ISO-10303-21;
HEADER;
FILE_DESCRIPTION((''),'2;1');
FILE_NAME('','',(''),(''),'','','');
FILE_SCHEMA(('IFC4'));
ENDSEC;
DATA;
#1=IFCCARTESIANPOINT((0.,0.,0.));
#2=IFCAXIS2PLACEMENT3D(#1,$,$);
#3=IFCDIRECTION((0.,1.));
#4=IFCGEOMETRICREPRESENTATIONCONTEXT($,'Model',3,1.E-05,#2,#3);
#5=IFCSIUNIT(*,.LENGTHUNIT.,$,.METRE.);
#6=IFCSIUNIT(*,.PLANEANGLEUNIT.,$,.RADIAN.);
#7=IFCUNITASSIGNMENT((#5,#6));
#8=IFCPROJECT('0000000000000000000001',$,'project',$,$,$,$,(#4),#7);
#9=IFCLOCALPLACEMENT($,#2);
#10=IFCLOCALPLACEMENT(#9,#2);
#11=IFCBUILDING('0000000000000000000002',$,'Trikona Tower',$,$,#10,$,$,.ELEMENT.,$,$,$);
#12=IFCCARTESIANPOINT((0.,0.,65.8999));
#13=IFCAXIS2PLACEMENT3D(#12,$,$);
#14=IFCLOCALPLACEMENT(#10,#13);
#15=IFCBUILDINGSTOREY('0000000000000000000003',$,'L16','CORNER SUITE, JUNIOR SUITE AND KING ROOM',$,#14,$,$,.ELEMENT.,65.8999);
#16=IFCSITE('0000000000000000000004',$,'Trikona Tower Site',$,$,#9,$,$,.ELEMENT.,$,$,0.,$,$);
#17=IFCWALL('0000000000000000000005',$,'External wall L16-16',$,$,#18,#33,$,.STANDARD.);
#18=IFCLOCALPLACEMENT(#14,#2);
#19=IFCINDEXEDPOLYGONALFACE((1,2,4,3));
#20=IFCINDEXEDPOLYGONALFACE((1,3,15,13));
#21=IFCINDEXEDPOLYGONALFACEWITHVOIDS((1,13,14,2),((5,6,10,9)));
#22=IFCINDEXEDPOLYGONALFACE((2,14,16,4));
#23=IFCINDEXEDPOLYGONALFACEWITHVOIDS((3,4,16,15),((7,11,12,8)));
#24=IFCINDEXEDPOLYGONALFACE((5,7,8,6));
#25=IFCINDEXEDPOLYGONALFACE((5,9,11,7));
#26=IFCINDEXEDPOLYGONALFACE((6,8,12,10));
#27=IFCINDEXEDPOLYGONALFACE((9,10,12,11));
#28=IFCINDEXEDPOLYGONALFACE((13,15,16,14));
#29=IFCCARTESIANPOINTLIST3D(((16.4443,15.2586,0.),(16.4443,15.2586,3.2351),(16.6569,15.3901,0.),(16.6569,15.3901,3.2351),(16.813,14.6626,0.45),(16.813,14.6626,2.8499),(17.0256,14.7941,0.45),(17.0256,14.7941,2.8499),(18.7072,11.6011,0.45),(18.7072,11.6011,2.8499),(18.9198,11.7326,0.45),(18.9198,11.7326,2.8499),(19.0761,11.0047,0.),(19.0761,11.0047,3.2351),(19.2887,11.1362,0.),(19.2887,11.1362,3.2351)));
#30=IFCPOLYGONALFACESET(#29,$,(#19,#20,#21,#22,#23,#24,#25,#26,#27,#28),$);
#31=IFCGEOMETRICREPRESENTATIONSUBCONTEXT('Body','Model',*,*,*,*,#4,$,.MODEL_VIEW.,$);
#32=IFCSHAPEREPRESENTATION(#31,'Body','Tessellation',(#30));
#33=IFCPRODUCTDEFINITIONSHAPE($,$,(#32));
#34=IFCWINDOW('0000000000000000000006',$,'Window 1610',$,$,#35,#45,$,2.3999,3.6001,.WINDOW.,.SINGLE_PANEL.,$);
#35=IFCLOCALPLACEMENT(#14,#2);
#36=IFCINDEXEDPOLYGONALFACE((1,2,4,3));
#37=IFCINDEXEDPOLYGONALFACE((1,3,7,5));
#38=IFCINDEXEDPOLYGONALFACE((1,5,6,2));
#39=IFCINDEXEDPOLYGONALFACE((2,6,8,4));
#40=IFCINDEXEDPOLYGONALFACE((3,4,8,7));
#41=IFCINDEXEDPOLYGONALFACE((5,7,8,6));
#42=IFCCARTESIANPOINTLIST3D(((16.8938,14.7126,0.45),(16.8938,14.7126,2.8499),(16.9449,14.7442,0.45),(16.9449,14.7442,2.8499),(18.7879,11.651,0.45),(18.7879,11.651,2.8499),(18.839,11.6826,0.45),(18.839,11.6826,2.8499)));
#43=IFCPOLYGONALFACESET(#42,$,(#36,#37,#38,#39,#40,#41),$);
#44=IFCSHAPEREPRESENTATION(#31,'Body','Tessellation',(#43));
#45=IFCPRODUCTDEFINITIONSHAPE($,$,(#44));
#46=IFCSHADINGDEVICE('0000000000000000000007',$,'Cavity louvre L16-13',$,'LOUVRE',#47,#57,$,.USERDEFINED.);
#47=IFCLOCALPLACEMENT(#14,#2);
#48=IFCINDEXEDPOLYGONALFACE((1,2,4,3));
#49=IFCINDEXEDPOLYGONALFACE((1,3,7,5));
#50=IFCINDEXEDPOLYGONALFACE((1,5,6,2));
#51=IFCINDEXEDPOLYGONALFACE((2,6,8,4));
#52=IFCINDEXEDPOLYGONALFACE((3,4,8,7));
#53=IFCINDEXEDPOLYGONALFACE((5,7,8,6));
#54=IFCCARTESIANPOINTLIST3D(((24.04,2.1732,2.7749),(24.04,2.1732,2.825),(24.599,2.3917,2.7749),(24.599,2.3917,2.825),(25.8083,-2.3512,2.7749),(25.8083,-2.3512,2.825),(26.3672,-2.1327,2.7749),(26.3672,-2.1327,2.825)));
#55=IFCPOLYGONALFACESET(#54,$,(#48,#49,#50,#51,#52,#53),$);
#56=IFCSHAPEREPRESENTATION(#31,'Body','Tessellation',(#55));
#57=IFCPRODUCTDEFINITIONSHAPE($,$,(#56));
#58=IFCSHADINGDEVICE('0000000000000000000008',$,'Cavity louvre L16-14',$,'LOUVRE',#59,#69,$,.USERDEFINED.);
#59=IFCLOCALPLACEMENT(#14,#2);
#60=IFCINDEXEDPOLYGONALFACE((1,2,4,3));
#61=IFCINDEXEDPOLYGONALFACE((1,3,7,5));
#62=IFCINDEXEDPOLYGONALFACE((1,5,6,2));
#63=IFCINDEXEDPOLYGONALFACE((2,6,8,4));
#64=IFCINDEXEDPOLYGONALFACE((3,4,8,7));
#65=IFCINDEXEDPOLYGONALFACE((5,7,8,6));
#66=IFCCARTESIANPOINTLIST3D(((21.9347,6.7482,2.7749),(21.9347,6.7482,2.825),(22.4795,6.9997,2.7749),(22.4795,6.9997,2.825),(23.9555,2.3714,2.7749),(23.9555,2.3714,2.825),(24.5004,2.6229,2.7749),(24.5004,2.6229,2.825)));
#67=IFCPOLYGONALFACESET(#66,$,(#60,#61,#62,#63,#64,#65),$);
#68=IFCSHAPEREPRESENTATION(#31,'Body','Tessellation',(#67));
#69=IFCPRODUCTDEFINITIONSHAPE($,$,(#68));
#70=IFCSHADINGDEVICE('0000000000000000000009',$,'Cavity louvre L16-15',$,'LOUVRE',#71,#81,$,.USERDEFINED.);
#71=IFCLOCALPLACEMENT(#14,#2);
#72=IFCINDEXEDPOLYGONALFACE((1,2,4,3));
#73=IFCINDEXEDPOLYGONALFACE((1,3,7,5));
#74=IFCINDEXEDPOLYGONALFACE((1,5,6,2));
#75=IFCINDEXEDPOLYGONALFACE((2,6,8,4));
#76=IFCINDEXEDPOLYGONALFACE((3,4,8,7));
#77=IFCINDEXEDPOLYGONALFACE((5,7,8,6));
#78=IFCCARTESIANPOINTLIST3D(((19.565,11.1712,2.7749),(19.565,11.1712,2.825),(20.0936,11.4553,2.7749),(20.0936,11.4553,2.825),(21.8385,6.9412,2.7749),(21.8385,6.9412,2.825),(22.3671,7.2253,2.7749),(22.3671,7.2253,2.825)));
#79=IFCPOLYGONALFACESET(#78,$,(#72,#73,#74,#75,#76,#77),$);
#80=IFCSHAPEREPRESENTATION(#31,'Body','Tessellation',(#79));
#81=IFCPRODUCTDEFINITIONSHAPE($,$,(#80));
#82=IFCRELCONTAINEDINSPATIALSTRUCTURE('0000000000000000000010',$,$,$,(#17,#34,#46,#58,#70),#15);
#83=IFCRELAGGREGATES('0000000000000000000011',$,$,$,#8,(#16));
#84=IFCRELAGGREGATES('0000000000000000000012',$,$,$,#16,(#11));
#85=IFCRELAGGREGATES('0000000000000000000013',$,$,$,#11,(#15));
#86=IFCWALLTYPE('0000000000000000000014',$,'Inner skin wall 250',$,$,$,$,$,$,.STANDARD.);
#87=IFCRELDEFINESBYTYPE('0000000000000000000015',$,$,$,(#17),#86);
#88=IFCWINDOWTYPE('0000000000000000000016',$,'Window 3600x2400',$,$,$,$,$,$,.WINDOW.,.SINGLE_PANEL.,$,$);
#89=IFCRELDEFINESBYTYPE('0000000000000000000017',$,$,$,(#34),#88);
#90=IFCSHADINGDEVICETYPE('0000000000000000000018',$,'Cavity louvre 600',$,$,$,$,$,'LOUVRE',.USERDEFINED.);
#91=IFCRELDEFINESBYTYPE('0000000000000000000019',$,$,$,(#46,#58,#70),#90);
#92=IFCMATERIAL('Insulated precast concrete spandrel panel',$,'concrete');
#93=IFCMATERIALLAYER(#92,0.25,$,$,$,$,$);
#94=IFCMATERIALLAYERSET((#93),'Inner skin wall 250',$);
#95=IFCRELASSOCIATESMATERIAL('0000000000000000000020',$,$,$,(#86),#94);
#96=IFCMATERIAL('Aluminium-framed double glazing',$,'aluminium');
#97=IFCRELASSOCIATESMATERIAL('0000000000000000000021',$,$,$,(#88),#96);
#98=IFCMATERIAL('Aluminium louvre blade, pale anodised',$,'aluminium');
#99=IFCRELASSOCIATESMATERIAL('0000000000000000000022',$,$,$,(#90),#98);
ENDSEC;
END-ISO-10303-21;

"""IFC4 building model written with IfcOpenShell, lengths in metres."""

from ifc_helpers import new_model, si_unit, direction, frame, frame_2d, origin, origin_2d, place, context, subcontext, project, spatial, rectangle, extrude, material, layer, layer_set, type_object, element, fill, save


model = new_model("IFC4")

# Units and contexts
model_context = context("Model", 3, precision=1e-05, world=origin(), true_north=direction((0.0, 1.0)))
body_context = subcontext(model_context, "Body", "Model", "MODEL_VIEW")
ifc_project = project(units=[si_unit("LENGTHUNIT", "METRE"), si_unit("PLANEANGLEUNIT", "RADIAN")], contexts=[model_context])

# Site, building, storey
site_placement = place(None, origin())
site = spatial("IfcSite", under=ifc_project, at=site_placement, Name="Trikona Tower Site", CompositionType="ELEMENT", RefElevation=0.0)
building_placement = place(site_placement, origin())
building = spatial("IfcBuilding", under=site, at=building_placement, Name="Trikona Tower", CompositionType="ELEMENT")
storey_placement = place(building_placement, frame((0.0, 0.0, 65.8999)))
storey = spatial("IfcBuildingStorey", under=building, at=storey_placement, Name="L16", Description="CORNER SUITE, JUNIOR SUITE AND KING ROOM", CompositionType="ELEMENT", Elevation=65.8999)

# Wall, opening, window
ifc_material_1 = material(Name="Insulated precast concrete spandrel panel", Category="concrete")
ifc_layer_1 = layer(ifc_material_1, 0.25)
ifc_layer_set_1 = layer_set([ifc_layer_1], Name="Inner skin wall 250")
wall_type_1 = type_object("IfcWallType", Name="Inner skin wall 250", PredefinedType="STANDARD", material=ifc_layer_set_1)
ifc_material_2 = material(Name="Aluminium-framed double glazing", Category="aluminium")
window_type = type_object("IfcWindowType", Name="Window 3600x2400", PartitioningType="SINGLE_PANEL", PredefinedType="WINDOW", material=ifc_material_2)
wall_1_placement = place(storey_placement, frame((19.1824, 11.0706, 0.0), z_axis=(0.0, 0.0, 1.0), x_axis=(-0.526133, 0.850402, 0.0)))
wall_1 = element("IfcWall", 1, at=wall_1_placement, inside=storey, type_object=wall_type_1, Name="External wall L16-16", PredefinedType="STANDARD", context=body_context, shape_type="SweptSolid", body=[
    extrude(rectangle(XDim=5.0022, YDim=0.25, at=frame_2d((2.501, 0.0))), origin(), (0.0, 0.0, 1.0), 3.2351),
])
opening_1_placement = place(wall_1_placement, frame((0.7012, 0.0, 0.45)))
opening_1 = element("IfcOpeningElement", 2, at=opening_1_placement, cuts=wall_1, PredefinedType="OPENING", context=body_context, shape_type="SweptSolid", body=[
    extrude(rectangle(XDim=3.6001, YDim=2.3999, at=frame_2d((1.8, 1.2))), frame((0.0, 0.135, 0.0), z_axis=(0.0, -1.0, 0.0), x_axis=(1.0, 0.0, 0.0)), (0.0, 0.0, 1.0), 0.27),
])
window_1_placement = place(opening_1_placement, origin())
window_1 = element("IfcWindow", 3, at=window_1_placement, inside=storey, type_object=window_type, Name="Window 1610", OverallHeight=2.3999, OverallWidth=3.6001, PartitioningType="SINGLE_PANEL", PredefinedType="WINDOW", context=body_context, shape_type="SweptSolid", body=[
    extrude(rectangle(XDim=3.6001, YDim=2.3999, at=frame_2d((1.8, 1.2))), frame((0.0, 0.03, 0.0), z_axis=(0.0, -1.0, 0.0), x_axis=(1.0, 0.0, 0.0)), (0.0, 0.0, 1.0), 0.0601),
])
fill(opening_1, window_1)

# Shading devices
ifc_material_3 = material(Name="Aluminium louvre blade, pale anodised", Category="aluminium")
shading_device_type = type_object("IfcShadingDeviceType", Name="Cavity louvre 600", ElementType="LOUVRE", PredefinedType="USERDEFINED", material=ifc_material_3)
shading_device_1_placement = place(storey_placement, frame((25.2036, 0.0203, 2.7749), z_axis=(0.0, 0.0, 1.0), x_axis=(-0.364009, 0.931395, 0.0)))
element("IfcShadingDevice", 4, at=shading_device_1_placement, inside=storey, type_object=shading_device_type, Name="Cavity louvre L16-13", ObjectType="LOUVRE", PredefinedType="USERDEFINED", context=body_context, shape_type="SweptSolid", body=[
    extrude(rectangle(XDim=4.8577, YDim=0.6001, at=origin_2d()), origin(), (0.0, 0.0, 1.0), 0.05),
])
shading_device_2_placement = place(storey_placement, frame((23.2175, 4.6855, 2.7749), z_axis=(0.0, 0.0, 1.0), x_axis=(-0.419194, 0.907897, 0.0)))
element("IfcShadingDevice", 5, at=shading_device_2_placement, inside=storey, type_object=shading_device_type, Name="Cavity louvre L16-14", ObjectType="LOUVRE", PredefinedType="USERDEFINED", context=body_context, shape_type="SweptSolid", body=[
    extrude(rectangle(XDim=4.8208, YDim=0.6001, at=origin_2d()), origin(), (0.0, 0.0, 1.0), 0.05),
])
shading_device_3_placement = place(storey_placement, frame((20.9661, 9.1982, 2.7749), z_axis=(0.0, 0.0, 1.0), x_axis=(-0.473423, 0.880835, 0.0)))
element("IfcShadingDevice", 6, at=shading_device_3_placement, inside=storey, type_object=shading_device_type, Name="Cavity louvre L16-15", ObjectType="LOUVRE", PredefinedType="USERDEFINED", context=body_context, shape_type="SweptSolid", body=[
    extrude(rectangle(XDim=4.8022, YDim=0.6001, at=origin_2d()), origin(), (0.0, 0.0, 1.0), 0.05),
])

save(model, "model.ifc")
